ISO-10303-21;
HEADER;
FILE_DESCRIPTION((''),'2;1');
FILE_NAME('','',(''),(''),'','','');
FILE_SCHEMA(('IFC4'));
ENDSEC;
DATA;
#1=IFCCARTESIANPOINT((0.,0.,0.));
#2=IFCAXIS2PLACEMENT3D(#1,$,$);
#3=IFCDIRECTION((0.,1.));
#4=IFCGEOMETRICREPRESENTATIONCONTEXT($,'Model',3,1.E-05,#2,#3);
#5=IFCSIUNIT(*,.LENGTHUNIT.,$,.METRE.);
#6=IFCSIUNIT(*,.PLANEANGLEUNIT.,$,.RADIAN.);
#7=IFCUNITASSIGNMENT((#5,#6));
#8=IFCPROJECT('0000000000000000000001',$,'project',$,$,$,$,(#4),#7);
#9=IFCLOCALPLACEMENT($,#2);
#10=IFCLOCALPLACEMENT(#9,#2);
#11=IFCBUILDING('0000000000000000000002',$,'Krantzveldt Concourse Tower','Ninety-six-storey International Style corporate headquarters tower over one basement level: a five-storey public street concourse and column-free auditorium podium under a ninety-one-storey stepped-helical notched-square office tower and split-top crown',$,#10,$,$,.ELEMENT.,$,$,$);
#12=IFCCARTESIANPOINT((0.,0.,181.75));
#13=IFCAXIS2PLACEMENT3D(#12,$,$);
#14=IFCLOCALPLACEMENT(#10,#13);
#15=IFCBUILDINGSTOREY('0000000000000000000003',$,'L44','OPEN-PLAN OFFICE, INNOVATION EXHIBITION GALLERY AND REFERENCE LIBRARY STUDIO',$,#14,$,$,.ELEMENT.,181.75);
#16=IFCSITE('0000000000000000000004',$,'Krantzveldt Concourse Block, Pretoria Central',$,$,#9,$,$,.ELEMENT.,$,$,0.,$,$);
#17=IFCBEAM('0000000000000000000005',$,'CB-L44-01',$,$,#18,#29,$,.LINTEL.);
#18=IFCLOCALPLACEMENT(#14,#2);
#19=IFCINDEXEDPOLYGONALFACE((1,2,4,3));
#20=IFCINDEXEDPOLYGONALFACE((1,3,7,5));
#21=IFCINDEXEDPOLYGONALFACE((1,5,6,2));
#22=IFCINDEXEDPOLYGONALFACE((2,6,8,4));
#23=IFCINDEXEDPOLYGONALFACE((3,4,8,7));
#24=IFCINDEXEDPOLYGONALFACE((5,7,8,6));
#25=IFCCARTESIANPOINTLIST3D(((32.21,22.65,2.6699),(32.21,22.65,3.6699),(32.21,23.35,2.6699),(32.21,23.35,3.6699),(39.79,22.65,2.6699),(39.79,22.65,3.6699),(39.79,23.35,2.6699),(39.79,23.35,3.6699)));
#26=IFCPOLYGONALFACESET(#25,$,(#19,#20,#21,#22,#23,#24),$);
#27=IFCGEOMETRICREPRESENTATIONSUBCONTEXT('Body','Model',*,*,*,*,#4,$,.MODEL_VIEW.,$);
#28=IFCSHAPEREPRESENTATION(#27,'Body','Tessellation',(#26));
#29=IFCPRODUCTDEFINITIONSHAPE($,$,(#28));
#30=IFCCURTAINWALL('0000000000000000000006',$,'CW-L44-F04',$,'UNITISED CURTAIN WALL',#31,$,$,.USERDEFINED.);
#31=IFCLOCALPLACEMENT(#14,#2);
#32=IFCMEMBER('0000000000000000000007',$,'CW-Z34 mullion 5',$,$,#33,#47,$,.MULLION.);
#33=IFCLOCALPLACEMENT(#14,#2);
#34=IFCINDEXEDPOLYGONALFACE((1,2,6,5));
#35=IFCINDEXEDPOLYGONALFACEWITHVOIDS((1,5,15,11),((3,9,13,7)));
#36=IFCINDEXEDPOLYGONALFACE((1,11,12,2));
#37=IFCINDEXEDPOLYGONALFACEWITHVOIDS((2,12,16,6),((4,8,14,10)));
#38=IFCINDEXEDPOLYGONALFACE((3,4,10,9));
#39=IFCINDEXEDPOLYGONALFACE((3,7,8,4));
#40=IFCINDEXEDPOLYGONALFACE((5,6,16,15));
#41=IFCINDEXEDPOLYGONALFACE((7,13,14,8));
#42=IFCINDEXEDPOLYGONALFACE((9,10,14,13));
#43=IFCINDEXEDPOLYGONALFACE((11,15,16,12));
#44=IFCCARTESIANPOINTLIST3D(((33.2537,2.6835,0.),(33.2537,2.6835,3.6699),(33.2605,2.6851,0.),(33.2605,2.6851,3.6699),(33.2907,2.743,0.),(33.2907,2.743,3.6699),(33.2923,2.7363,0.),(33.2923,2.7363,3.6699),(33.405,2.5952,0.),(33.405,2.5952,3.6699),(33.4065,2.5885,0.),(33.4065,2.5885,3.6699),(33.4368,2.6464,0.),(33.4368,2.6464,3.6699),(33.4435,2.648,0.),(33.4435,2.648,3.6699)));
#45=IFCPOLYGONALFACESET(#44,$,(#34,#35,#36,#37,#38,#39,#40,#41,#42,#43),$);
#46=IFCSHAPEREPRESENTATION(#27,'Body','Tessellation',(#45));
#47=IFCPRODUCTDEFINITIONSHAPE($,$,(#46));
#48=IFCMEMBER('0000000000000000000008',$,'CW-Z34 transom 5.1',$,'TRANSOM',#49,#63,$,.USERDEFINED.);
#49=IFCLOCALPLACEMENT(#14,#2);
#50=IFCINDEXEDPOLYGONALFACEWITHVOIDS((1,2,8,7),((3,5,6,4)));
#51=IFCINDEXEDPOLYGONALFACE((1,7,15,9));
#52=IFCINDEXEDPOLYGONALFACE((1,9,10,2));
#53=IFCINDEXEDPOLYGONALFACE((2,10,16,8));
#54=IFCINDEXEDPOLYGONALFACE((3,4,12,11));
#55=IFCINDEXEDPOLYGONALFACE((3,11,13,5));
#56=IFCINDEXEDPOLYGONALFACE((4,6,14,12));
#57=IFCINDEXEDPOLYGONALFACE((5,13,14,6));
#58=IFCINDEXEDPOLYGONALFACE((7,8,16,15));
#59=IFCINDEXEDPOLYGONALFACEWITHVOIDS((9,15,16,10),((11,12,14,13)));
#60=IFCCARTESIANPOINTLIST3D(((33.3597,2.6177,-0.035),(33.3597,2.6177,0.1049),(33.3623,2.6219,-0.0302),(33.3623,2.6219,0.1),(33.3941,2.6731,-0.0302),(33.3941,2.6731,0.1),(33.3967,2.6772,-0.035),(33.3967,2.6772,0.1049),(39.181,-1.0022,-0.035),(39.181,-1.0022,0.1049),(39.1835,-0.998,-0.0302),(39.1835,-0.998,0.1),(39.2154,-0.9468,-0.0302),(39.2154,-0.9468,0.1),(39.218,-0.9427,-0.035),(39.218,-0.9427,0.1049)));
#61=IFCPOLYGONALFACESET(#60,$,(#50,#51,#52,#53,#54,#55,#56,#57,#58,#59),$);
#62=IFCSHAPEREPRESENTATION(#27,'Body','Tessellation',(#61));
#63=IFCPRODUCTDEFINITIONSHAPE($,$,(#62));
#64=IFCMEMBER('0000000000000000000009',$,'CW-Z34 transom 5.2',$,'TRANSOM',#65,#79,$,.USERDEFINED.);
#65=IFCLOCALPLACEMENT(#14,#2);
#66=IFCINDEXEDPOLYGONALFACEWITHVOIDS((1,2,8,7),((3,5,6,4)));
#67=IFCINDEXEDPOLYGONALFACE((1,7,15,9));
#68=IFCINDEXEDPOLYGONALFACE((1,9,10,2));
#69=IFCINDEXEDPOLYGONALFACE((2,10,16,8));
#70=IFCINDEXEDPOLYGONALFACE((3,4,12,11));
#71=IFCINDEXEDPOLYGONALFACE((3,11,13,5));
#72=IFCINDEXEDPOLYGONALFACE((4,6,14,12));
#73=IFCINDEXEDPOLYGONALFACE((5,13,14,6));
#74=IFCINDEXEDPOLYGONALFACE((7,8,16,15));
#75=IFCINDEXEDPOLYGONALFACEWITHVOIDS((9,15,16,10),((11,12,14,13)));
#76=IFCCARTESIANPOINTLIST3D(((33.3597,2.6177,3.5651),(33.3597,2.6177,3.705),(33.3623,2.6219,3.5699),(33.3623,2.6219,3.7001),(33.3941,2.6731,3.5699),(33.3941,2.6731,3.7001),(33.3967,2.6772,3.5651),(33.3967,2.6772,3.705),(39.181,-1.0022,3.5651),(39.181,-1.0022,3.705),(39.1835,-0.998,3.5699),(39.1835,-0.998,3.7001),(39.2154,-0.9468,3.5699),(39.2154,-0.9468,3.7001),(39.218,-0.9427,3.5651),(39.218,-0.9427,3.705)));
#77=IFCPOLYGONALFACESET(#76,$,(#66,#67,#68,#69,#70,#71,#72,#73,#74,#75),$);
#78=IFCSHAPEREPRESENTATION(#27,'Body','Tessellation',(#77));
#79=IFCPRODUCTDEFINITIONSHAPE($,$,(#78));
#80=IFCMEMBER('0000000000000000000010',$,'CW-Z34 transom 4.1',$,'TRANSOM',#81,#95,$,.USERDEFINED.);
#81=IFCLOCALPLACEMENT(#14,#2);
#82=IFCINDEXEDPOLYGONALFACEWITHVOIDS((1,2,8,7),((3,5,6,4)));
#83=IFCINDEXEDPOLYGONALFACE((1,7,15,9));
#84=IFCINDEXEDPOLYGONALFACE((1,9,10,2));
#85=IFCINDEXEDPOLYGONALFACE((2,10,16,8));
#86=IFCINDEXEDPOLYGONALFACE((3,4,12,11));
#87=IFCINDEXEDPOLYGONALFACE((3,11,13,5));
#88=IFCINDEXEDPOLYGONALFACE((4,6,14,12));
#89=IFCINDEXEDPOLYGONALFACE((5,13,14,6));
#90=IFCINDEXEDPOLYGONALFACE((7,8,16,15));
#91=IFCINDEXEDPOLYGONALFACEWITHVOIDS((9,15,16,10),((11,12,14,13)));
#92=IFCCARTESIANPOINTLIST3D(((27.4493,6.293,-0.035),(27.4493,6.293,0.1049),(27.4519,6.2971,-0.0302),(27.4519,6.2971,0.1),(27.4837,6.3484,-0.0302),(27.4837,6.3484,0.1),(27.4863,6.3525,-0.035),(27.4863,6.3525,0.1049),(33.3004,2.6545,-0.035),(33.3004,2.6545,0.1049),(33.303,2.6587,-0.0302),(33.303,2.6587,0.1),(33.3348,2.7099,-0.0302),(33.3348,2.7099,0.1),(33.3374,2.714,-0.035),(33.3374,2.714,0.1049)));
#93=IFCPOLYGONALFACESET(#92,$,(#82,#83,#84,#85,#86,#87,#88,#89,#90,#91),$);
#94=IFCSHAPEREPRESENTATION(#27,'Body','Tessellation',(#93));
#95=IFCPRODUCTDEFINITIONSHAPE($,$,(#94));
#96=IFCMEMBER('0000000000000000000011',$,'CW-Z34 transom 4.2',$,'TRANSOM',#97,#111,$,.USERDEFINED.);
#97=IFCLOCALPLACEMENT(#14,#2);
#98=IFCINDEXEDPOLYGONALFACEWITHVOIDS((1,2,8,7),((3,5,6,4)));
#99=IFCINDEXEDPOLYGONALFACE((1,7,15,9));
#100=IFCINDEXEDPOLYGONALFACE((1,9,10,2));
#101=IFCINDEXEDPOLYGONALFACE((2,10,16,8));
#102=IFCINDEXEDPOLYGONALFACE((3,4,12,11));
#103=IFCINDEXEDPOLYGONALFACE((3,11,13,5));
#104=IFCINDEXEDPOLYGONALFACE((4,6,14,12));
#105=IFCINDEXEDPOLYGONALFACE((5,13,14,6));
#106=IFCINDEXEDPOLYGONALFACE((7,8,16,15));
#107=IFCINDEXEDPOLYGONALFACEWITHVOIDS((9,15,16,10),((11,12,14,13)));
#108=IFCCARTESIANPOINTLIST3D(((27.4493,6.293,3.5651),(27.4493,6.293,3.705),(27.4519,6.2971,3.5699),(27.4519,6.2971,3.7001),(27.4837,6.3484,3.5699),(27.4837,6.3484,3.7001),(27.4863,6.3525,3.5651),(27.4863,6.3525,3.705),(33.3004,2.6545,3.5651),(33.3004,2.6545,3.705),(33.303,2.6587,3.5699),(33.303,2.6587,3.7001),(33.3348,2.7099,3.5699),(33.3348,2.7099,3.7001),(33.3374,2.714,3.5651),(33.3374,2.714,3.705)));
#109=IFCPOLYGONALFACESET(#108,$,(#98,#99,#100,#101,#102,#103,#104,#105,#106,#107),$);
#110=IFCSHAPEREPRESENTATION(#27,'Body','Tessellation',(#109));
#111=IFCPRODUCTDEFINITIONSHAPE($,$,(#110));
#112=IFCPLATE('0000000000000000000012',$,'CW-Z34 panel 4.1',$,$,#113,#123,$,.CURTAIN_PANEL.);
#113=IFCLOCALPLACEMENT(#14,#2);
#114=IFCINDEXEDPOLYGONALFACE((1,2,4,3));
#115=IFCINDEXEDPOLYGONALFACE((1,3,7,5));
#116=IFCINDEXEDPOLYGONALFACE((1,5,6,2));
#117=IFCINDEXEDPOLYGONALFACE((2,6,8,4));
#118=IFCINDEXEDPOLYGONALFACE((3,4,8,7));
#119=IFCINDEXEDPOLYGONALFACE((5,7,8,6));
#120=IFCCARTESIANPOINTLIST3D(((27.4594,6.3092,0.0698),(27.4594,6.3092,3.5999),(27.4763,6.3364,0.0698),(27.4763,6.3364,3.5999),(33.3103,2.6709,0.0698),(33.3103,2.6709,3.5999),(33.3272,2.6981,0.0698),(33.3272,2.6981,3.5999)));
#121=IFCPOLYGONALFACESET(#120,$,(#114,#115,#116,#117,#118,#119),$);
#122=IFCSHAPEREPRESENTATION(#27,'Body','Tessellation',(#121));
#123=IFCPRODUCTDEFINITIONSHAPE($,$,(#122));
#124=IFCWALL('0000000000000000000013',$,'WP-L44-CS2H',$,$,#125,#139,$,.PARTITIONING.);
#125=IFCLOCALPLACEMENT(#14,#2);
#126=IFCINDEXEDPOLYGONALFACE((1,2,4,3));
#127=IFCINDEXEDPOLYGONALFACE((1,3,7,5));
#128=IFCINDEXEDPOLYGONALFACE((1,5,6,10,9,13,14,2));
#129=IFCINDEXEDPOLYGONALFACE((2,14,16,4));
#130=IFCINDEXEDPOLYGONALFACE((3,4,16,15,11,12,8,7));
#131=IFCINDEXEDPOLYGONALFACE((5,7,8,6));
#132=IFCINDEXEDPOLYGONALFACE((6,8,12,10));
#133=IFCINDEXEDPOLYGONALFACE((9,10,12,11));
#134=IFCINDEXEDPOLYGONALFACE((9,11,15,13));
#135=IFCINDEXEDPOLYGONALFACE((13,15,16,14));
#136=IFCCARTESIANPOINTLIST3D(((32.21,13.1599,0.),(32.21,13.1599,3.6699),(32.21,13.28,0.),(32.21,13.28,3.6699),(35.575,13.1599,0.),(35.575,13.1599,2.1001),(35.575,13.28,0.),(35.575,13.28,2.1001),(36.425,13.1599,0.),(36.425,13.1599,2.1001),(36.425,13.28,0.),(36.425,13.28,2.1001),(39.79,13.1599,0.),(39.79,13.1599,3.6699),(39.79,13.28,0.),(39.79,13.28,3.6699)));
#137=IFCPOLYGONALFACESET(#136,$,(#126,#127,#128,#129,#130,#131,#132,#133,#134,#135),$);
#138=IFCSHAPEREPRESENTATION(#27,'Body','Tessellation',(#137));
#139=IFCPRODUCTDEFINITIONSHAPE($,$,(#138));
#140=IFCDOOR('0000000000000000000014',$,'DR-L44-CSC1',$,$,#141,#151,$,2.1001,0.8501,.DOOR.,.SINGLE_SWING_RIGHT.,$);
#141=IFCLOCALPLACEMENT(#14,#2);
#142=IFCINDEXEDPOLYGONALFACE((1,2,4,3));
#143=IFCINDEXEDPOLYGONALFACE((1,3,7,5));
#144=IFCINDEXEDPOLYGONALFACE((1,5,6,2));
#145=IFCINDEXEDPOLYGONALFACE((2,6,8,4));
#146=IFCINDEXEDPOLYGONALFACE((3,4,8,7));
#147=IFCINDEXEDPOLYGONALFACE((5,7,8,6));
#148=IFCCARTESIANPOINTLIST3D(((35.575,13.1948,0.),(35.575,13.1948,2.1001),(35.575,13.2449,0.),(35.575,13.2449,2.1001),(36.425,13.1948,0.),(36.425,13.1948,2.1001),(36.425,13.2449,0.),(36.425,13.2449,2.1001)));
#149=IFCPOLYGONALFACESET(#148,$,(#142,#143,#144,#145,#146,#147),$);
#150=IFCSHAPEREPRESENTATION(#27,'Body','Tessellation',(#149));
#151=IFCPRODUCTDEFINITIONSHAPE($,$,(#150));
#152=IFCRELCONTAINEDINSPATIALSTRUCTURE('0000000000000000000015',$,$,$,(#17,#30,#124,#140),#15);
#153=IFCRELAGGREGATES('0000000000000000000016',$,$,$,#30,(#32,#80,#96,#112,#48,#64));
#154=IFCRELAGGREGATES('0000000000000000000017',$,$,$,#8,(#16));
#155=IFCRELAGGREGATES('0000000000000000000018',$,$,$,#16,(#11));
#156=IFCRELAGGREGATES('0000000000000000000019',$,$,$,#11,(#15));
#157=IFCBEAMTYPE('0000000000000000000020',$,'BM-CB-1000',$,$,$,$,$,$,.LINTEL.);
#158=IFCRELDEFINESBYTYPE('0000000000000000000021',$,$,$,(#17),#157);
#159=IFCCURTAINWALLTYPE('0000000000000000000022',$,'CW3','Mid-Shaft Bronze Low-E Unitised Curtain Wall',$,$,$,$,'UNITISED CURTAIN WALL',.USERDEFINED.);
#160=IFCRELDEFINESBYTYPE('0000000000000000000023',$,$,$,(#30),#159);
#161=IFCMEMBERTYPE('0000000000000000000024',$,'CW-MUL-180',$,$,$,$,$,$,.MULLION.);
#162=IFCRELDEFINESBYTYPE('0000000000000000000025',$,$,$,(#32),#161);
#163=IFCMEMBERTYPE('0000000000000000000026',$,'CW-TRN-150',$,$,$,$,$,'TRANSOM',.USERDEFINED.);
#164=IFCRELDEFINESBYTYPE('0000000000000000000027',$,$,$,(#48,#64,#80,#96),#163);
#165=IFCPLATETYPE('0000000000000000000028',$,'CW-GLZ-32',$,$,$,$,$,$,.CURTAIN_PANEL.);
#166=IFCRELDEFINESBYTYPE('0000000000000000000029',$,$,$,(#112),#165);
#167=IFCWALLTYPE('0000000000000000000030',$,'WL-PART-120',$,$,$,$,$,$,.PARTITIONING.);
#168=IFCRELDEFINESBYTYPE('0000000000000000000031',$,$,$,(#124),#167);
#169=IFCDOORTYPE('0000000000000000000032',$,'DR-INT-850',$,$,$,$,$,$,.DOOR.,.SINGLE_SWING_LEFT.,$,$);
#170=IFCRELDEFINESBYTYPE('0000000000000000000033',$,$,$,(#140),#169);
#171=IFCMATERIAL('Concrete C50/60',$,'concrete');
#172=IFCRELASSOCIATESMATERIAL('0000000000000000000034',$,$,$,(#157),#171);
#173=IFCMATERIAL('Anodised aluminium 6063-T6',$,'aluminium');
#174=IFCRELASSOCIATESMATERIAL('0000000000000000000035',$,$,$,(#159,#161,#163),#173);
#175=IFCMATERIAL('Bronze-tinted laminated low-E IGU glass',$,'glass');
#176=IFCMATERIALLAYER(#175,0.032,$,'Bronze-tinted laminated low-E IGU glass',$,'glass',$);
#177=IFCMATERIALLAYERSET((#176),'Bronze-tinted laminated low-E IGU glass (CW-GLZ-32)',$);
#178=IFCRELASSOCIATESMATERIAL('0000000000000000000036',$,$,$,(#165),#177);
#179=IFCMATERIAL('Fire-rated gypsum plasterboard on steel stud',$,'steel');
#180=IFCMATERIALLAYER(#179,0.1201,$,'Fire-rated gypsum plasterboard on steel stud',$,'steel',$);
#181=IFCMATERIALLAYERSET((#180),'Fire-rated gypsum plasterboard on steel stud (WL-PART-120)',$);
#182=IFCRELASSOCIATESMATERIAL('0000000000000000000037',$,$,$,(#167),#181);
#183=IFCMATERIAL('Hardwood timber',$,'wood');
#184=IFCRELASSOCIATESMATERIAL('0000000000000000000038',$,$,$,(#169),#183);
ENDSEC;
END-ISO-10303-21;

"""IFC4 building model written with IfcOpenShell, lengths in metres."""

from ifc_helpers import new_model, si_unit, direction, frame, frame_2d, origin, origin_2d, place, context, subcontext, project, spatial, rectangle, hollow_rectangle, extrude, source, transform, mapped, material, layer, layer_set, material_profile, profile_set, type_object, type_shapes, element, fill, aggregate, save


model = new_model("IFC4")

# Units and contexts
model_context = context("Model", 3, precision=1e-05, world=origin(), true_north=direction((0.0, 1.0)))
body_context = subcontext(model_context, "Body", "Model", "MODEL_VIEW")
ifc_project = project(units=[si_unit("LENGTHUNIT", "METRE"), si_unit("PLANEANGLEUNIT", "RADIAN")], contexts=[model_context])

# Site, building, storey
site_placement = place(None, origin())
site = spatial("IfcSite", under=ifc_project, at=site_placement, Name="Krantzveldt Concourse Block, Pretoria Central", CompositionType="ELEMENT", RefElevation=0.0)
building_placement = place(site_placement, origin())
building = spatial("IfcBuilding", under=site, at=building_placement, Name="Krantzveldt Concourse Tower", Description="Ninety-six-storey International Style corporate headquarters tower over one basement level: a five-storey public street concourse and column-free auditorium podium under a ninety-one-storey stepped-helical notched-square office tower and split-top crown", CompositionType="ELEMENT")
storey_placement = place(building_placement, frame((0.0, 0.0, 181.75)))
storey = spatial("IfcBuildingStorey", under=building, at=storey_placement, Name="L44", Description="OPEN-PLAN OFFICE, INNOVATION EXHIBITION GALLERY AND REFERENCE LIBRARY STUDIO", CompositionType="ELEMENT", Elevation=181.75)

# Beam
ifc_material_1 = material(Name="Concrete C50/60", Category="concrete")
ifc_material_profile_1 = material_profile(ifc_material_1, rectangle(XDim=0.7, YDim=1.0, at=origin_2d()), Name="Concrete C50/60", Category="concrete")
ifc_profile_set_1 = profile_set([ifc_material_profile_1], Name="Concrete C50/60 - RC-CB 700x1000")
beam_type = type_object("IfcBeamType", Name="BM-CB-1000", PredefinedType="LINTEL", material=ifc_profile_set_1)
shared_shape_1 = source(origin(), body_context, "Body", "SweptSolid", [
    extrude(rectangle(XDim=0.7, YDim=1.0, at=origin_2d()), origin(), (0.0, 0.0, 1.0), 7.5801),
])
type_shapes(beam_type, [shared_shape_1])
beam_placement = place(storey_placement, frame((32.21, 23.0, 3.1699), z_axis=(1.0, 0.0, 0.0), x_axis=(0.0, 1.0, 0.0)))
element("IfcBeam", 1, at=beam_placement, inside=storey, type_object=beam_type, Name="CB-L44-01", PredefinedType="LINTEL", context=body_context, shape_type="MappedRepresentation", body=[
    mapped(shared_shape_1, transform((0.0, 0.0, 0.0), x_axis=(1.0, 0.0, 0.0), y_axis=(0.0, 1.0, 0.0), z_axis=(0.0, 0.0, 1.0), scale=1.0)),
])

# Curtain wall, members, plate
ifc_material_2 = material(Name="Anodised aluminium 6063-T6", Category="aluminium")
curtain_wall_type = type_object("IfcCurtainWallType", Name="CW3", Description="Mid-Shaft Bronze Low-E Unitised Curtain Wall", ElementType="UNITISED CURTAIN WALL", PredefinedType="USERDEFINED", material=ifc_material_2)
curtain_wall_placement = place(storey_placement, origin())
curtain_wall = element("IfcCurtainWall", 2, at=curtain_wall_placement, inside=storey, type_object=curtain_wall_type, Name="CW-L44-F04", ObjectType="UNITISED CURTAIN WALL", PredefinedType="USERDEFINED")
ifc_material_profile_2 = material_profile(ifc_material_2, hollow_rectangle(XDim=0.0701, YDim=0.1799, WallThickness=0.0049, at=origin_2d()), Name="Anodised aluminium 6063-T6", Category="aluminium")
ifc_profile_set_2 = profile_set([ifc_material_profile_2], Name="Anodised aluminium 6063-T6 - ALU-MULL 180x70x5")
member_type_1 = type_object("IfcMemberType", Name="CW-MUL-180", PredefinedType="MULLION", material=ifc_profile_set_2)
shared_shape_2 = source(origin(), body_context, "Body", "SweptSolid", [
    extrude(hollow_rectangle(XDim=0.0701, YDim=0.1799, WallThickness=0.0049, at=origin_2d()), origin(), (0.0, 0.0, 1.0), 3.6699),
])
type_shapes(member_type_1, [shared_shape_2])
member_1_placement = place(storey_placement, frame((33.3486, 2.6658, 0.0), z_axis=(0.0, 0.0, 1.0), x_axis=(0.528068, 0.849202, 0.0)))
member_1 = element("IfcMember", 3, at=member_1_placement, type_object=member_type_1, Name="CW-Z34 mullion 5", PredefinedType="MULLION", context=body_context, shape_type="MappedRepresentation", body=[
    mapped(shared_shape_2, transform((0.0, 0.0, 0.0), x_axis=(1.0, 0.0, 0.0), y_axis=(0.0, 1.0, 0.0), z_axis=(0.0, 0.0, 1.0), scale=1.0)),
])
ifc_material_profile_3 = material_profile(ifc_material_2, hollow_rectangle(XDim=0.0701, YDim=0.1399, WallThickness=0.0049, at=origin_2d()), Name="Anodised aluminium 6063-T6", Category="aluminium")
ifc_profile_set_3 = profile_set([ifc_material_profile_3], Name="Anodised aluminium 6063-T6 - ALU-TRAN 140x70x5")
member_type_2 = type_object("IfcMemberType", Name="CW-TRN-150", ElementType="TRANSOM", PredefinedType="USERDEFINED", material=ifc_profile_set_3)
shared_shape_3 = source(origin(), body_context, "Body", "SweptSolid", [
    extrude(hollow_rectangle(XDim=0.0701, YDim=0.1399, WallThickness=0.0049, at=origin_2d()), origin(), (0.0, 0.0, 1.0), 6.855),
])
member_2_placement = place(storey_placement, frame((33.3782, 2.6475, 0.0349), z_axis=(0.849205, -0.528064, 0.0), x_axis=(0.528064, 0.849205, 0.0)))
member_2 = element("IfcMember", 4, at=member_2_placement, type_object=member_type_2, Name="CW-Z34 transom 5.1", ObjectType="TRANSOM", PredefinedType="USERDEFINED", context=body_context, shape_type="MappedRepresentation", body=[
    mapped(shared_shape_3, transform((0.0, 0.0, 0.0), x_axis=(1.0, 0.0, 0.0), y_axis=(0.0, 1.0, 0.0), z_axis=(0.0, 0.0, 1.0), scale=1.0)),
])
member_3_placement = place(storey_placement, frame((33.3782, 2.6475, 3.635), z_axis=(0.849205, -0.528064, 0.0), x_axis=(0.528064, 0.849205, 0.0)))
member_3 = element("IfcMember", 5, at=member_3_placement, type_object=member_type_2, Name="CW-Z34 transom 5.2", ObjectType="TRANSOM", PredefinedType="USERDEFINED", context=body_context, shape_type="MappedRepresentation", body=[
    mapped(shared_shape_3, transform((0.0, 0.0, 0.0), x_axis=(1.0, 0.0, 0.0), y_axis=(0.0, 1.0, 0.0), z_axis=(0.0, 0.0, 1.0), scale=1.0)),
])
shared_shape_4 = source(origin(), body_context, "Body", "SweptSolid", [
    extrude(hollow_rectangle(XDim=0.0701, YDim=0.1399, WallThickness=0.0049, at=origin_2d()), origin(), (0.0, 0.0, 1.0), 6.8901),
])
type_shapes(member_type_2, [shared_shape_3, shared_shape_4])
member_4_placement = place(storey_placement, frame((27.4678, 6.3228, 0.0349), z_axis=(0.849202, -0.528067, 0.0), x_axis=(0.528067, 0.849202, 0.0)))
member_4 = element("IfcMember", 6, at=member_4_placement, type_object=member_type_2, Name="CW-Z34 transom 4.1", ObjectType="TRANSOM", PredefinedType="USERDEFINED", context=body_context, shape_type="MappedRepresentation", body=[
    mapped(shared_shape_4, transform((0.0, 0.0, 0.0), x_axis=(1.0, 0.0, 0.0), y_axis=(0.0, 1.0, 0.0), z_axis=(0.0, 0.0, 1.0), scale=1.0)),
])
member_5_placement = place(storey_placement, frame((27.4678, 6.3228, 3.635), z_axis=(0.849202, -0.528067, 0.0), x_axis=(0.528067, 0.849202, 0.0)))
member_5 = element("IfcMember", 7, at=member_5_placement, type_object=member_type_2, Name="CW-Z34 transom 4.2", ObjectType="TRANSOM", PredefinedType="USERDEFINED", context=body_context, shape_type="MappedRepresentation", body=[
    mapped(shared_shape_4, transform((0.0, 0.0, 0.0), x_axis=(1.0, 0.0, 0.0), y_axis=(0.0, 1.0, 0.0), z_axis=(0.0, 0.0, 1.0), scale=1.0)),
])
ifc_material_3 = material(Name="Bronze-tinted laminated low-E IGU glass", Category="glass")
ifc_layer_1 = layer(ifc_material_3, 0.032, Name="Bronze-tinted laminated low-E IGU glass", Category="glass")
ifc_layer_set_1 = layer_set([ifc_layer_1], Name="Bronze-tinted laminated low-E IGU glass (CW-GLZ-32)")
plate_type = type_object("IfcPlateType", Name="CW-GLZ-32", PredefinedType="CURTAIN_PANEL", material=ifc_layer_set_1)
shared_shape_5 = source(origin(), body_context, "Body", "SweptSolid", [
    extrude(rectangle(XDim=6.8899, YDim=0.032, at=origin_2d()), origin(), (0.0, 0.0, 1.0), 3.53),
])
type_shapes(plate_type, [shared_shape_5])
plate_placement = place(storey_placement, frame((30.3933, 4.5037, 0.0698), z_axis=(0.0, 0.0, 1.0), x_axis=(0.849202, -0.528068, 0.0)))
plate = element("IfcPlate", 8, at=plate_placement, type_object=plate_type, Name="CW-Z34 panel 4.1", PredefinedType="CURTAIN_PANEL", context=body_context, shape_type="MappedRepresentation", body=[
    mapped(shared_shape_5, transform((0.0, 0.0, 0.0), x_axis=(1.0, 0.0, 0.0), y_axis=(0.0, 1.0, 0.0), z_axis=(0.0, 0.0, 1.0), scale=1.0)),
])
aggregate(curtain_wall, [member_1, member_4, member_5, plate, member_2, member_3])

# Wall, opening, door
ifc_material_4 = material(Name="Fire-rated gypsum plasterboard on steel stud", Category="steel")
ifc_layer_2 = layer(ifc_material_4, 0.1201, Name="Fire-rated gypsum plasterboard on steel stud", Category="steel")
ifc_layer_set_2 = layer_set([ifc_layer_2], Name="Fire-rated gypsum plasterboard on steel stud (WL-PART-120)")
wall_type_1 = type_object("IfcWallType", Name="WL-PART-120", PredefinedType="PARTITIONING", material=ifc_layer_set_2)
wall_1_placement = place(storey_placement, frame((32.21, 13.22, 0.0), z_axis=(0.0, 0.0, 1.0), x_axis=(1.0, 0.0, 0.0)))
wall_1 = element("IfcWall", 9, at=wall_1_placement, inside=storey, type_object=wall_type_1, Name="WP-L44-CS2H", PredefinedType="PARTITIONING", context=body_context, shape_type="SweptSolid", body=[
    extrude(rectangle(XDim=7.5801, YDim=0.1201, at=frame_2d((3.79, 0.0))), origin(), (0.0, 0.0, 1.0), 3.6699),
])
opening_1_placement = place(wall_1_placement, frame((3.365, 0.0, 0.0)))
opening_1 = element("IfcOpeningElement", 10, at=opening_1_placement, cuts=wall_1, PredefinedType="OPENING", context=body_context, shape_type="SweptSolid", body=[
    extrude(rectangle(XDim=0.8501, YDim=2.1001, at=frame_2d((0.425, 1.05))), frame((0.0, 0.0701, 0.0), z_axis=(0.0, -1.0, 0.0), x_axis=(1.0, 0.0, 0.0)), (0.0, 0.0, 1.0), 0.1401),
])
ifc_material_5 = material(Name="Hardwood timber", Category="wood")
door_type_1 = type_object("IfcDoorType", Name="DR-INT-850", OperationType="SINGLE_SWING_LEFT", PredefinedType="DOOR", material=ifc_material_5)
door_1_placement = place(opening_1_placement, origin())
door_1 = element("IfcDoor", 11, at=door_1_placement, inside=storey, type_object=door_type_1, Name="DR-L44-CSC1", OperationType="SINGLE_SWING_RIGHT", OverallHeight=2.1001, OverallWidth=0.8501, PredefinedType="DOOR", context=body_context, shape_type="SweptSolid", body=[
    extrude(rectangle(XDim=0.8501, YDim=2.1001, at=frame_2d((0.425, 1.05))), frame((0.0, 0.0249, 0.0), z_axis=(0.0, -1.0, 0.0), x_axis=(1.0, 0.0, 0.0)), (0.0, 0.0, 1.0), 0.05),
])
fill(opening_1, door_1)

save(model, "model.ifc")
